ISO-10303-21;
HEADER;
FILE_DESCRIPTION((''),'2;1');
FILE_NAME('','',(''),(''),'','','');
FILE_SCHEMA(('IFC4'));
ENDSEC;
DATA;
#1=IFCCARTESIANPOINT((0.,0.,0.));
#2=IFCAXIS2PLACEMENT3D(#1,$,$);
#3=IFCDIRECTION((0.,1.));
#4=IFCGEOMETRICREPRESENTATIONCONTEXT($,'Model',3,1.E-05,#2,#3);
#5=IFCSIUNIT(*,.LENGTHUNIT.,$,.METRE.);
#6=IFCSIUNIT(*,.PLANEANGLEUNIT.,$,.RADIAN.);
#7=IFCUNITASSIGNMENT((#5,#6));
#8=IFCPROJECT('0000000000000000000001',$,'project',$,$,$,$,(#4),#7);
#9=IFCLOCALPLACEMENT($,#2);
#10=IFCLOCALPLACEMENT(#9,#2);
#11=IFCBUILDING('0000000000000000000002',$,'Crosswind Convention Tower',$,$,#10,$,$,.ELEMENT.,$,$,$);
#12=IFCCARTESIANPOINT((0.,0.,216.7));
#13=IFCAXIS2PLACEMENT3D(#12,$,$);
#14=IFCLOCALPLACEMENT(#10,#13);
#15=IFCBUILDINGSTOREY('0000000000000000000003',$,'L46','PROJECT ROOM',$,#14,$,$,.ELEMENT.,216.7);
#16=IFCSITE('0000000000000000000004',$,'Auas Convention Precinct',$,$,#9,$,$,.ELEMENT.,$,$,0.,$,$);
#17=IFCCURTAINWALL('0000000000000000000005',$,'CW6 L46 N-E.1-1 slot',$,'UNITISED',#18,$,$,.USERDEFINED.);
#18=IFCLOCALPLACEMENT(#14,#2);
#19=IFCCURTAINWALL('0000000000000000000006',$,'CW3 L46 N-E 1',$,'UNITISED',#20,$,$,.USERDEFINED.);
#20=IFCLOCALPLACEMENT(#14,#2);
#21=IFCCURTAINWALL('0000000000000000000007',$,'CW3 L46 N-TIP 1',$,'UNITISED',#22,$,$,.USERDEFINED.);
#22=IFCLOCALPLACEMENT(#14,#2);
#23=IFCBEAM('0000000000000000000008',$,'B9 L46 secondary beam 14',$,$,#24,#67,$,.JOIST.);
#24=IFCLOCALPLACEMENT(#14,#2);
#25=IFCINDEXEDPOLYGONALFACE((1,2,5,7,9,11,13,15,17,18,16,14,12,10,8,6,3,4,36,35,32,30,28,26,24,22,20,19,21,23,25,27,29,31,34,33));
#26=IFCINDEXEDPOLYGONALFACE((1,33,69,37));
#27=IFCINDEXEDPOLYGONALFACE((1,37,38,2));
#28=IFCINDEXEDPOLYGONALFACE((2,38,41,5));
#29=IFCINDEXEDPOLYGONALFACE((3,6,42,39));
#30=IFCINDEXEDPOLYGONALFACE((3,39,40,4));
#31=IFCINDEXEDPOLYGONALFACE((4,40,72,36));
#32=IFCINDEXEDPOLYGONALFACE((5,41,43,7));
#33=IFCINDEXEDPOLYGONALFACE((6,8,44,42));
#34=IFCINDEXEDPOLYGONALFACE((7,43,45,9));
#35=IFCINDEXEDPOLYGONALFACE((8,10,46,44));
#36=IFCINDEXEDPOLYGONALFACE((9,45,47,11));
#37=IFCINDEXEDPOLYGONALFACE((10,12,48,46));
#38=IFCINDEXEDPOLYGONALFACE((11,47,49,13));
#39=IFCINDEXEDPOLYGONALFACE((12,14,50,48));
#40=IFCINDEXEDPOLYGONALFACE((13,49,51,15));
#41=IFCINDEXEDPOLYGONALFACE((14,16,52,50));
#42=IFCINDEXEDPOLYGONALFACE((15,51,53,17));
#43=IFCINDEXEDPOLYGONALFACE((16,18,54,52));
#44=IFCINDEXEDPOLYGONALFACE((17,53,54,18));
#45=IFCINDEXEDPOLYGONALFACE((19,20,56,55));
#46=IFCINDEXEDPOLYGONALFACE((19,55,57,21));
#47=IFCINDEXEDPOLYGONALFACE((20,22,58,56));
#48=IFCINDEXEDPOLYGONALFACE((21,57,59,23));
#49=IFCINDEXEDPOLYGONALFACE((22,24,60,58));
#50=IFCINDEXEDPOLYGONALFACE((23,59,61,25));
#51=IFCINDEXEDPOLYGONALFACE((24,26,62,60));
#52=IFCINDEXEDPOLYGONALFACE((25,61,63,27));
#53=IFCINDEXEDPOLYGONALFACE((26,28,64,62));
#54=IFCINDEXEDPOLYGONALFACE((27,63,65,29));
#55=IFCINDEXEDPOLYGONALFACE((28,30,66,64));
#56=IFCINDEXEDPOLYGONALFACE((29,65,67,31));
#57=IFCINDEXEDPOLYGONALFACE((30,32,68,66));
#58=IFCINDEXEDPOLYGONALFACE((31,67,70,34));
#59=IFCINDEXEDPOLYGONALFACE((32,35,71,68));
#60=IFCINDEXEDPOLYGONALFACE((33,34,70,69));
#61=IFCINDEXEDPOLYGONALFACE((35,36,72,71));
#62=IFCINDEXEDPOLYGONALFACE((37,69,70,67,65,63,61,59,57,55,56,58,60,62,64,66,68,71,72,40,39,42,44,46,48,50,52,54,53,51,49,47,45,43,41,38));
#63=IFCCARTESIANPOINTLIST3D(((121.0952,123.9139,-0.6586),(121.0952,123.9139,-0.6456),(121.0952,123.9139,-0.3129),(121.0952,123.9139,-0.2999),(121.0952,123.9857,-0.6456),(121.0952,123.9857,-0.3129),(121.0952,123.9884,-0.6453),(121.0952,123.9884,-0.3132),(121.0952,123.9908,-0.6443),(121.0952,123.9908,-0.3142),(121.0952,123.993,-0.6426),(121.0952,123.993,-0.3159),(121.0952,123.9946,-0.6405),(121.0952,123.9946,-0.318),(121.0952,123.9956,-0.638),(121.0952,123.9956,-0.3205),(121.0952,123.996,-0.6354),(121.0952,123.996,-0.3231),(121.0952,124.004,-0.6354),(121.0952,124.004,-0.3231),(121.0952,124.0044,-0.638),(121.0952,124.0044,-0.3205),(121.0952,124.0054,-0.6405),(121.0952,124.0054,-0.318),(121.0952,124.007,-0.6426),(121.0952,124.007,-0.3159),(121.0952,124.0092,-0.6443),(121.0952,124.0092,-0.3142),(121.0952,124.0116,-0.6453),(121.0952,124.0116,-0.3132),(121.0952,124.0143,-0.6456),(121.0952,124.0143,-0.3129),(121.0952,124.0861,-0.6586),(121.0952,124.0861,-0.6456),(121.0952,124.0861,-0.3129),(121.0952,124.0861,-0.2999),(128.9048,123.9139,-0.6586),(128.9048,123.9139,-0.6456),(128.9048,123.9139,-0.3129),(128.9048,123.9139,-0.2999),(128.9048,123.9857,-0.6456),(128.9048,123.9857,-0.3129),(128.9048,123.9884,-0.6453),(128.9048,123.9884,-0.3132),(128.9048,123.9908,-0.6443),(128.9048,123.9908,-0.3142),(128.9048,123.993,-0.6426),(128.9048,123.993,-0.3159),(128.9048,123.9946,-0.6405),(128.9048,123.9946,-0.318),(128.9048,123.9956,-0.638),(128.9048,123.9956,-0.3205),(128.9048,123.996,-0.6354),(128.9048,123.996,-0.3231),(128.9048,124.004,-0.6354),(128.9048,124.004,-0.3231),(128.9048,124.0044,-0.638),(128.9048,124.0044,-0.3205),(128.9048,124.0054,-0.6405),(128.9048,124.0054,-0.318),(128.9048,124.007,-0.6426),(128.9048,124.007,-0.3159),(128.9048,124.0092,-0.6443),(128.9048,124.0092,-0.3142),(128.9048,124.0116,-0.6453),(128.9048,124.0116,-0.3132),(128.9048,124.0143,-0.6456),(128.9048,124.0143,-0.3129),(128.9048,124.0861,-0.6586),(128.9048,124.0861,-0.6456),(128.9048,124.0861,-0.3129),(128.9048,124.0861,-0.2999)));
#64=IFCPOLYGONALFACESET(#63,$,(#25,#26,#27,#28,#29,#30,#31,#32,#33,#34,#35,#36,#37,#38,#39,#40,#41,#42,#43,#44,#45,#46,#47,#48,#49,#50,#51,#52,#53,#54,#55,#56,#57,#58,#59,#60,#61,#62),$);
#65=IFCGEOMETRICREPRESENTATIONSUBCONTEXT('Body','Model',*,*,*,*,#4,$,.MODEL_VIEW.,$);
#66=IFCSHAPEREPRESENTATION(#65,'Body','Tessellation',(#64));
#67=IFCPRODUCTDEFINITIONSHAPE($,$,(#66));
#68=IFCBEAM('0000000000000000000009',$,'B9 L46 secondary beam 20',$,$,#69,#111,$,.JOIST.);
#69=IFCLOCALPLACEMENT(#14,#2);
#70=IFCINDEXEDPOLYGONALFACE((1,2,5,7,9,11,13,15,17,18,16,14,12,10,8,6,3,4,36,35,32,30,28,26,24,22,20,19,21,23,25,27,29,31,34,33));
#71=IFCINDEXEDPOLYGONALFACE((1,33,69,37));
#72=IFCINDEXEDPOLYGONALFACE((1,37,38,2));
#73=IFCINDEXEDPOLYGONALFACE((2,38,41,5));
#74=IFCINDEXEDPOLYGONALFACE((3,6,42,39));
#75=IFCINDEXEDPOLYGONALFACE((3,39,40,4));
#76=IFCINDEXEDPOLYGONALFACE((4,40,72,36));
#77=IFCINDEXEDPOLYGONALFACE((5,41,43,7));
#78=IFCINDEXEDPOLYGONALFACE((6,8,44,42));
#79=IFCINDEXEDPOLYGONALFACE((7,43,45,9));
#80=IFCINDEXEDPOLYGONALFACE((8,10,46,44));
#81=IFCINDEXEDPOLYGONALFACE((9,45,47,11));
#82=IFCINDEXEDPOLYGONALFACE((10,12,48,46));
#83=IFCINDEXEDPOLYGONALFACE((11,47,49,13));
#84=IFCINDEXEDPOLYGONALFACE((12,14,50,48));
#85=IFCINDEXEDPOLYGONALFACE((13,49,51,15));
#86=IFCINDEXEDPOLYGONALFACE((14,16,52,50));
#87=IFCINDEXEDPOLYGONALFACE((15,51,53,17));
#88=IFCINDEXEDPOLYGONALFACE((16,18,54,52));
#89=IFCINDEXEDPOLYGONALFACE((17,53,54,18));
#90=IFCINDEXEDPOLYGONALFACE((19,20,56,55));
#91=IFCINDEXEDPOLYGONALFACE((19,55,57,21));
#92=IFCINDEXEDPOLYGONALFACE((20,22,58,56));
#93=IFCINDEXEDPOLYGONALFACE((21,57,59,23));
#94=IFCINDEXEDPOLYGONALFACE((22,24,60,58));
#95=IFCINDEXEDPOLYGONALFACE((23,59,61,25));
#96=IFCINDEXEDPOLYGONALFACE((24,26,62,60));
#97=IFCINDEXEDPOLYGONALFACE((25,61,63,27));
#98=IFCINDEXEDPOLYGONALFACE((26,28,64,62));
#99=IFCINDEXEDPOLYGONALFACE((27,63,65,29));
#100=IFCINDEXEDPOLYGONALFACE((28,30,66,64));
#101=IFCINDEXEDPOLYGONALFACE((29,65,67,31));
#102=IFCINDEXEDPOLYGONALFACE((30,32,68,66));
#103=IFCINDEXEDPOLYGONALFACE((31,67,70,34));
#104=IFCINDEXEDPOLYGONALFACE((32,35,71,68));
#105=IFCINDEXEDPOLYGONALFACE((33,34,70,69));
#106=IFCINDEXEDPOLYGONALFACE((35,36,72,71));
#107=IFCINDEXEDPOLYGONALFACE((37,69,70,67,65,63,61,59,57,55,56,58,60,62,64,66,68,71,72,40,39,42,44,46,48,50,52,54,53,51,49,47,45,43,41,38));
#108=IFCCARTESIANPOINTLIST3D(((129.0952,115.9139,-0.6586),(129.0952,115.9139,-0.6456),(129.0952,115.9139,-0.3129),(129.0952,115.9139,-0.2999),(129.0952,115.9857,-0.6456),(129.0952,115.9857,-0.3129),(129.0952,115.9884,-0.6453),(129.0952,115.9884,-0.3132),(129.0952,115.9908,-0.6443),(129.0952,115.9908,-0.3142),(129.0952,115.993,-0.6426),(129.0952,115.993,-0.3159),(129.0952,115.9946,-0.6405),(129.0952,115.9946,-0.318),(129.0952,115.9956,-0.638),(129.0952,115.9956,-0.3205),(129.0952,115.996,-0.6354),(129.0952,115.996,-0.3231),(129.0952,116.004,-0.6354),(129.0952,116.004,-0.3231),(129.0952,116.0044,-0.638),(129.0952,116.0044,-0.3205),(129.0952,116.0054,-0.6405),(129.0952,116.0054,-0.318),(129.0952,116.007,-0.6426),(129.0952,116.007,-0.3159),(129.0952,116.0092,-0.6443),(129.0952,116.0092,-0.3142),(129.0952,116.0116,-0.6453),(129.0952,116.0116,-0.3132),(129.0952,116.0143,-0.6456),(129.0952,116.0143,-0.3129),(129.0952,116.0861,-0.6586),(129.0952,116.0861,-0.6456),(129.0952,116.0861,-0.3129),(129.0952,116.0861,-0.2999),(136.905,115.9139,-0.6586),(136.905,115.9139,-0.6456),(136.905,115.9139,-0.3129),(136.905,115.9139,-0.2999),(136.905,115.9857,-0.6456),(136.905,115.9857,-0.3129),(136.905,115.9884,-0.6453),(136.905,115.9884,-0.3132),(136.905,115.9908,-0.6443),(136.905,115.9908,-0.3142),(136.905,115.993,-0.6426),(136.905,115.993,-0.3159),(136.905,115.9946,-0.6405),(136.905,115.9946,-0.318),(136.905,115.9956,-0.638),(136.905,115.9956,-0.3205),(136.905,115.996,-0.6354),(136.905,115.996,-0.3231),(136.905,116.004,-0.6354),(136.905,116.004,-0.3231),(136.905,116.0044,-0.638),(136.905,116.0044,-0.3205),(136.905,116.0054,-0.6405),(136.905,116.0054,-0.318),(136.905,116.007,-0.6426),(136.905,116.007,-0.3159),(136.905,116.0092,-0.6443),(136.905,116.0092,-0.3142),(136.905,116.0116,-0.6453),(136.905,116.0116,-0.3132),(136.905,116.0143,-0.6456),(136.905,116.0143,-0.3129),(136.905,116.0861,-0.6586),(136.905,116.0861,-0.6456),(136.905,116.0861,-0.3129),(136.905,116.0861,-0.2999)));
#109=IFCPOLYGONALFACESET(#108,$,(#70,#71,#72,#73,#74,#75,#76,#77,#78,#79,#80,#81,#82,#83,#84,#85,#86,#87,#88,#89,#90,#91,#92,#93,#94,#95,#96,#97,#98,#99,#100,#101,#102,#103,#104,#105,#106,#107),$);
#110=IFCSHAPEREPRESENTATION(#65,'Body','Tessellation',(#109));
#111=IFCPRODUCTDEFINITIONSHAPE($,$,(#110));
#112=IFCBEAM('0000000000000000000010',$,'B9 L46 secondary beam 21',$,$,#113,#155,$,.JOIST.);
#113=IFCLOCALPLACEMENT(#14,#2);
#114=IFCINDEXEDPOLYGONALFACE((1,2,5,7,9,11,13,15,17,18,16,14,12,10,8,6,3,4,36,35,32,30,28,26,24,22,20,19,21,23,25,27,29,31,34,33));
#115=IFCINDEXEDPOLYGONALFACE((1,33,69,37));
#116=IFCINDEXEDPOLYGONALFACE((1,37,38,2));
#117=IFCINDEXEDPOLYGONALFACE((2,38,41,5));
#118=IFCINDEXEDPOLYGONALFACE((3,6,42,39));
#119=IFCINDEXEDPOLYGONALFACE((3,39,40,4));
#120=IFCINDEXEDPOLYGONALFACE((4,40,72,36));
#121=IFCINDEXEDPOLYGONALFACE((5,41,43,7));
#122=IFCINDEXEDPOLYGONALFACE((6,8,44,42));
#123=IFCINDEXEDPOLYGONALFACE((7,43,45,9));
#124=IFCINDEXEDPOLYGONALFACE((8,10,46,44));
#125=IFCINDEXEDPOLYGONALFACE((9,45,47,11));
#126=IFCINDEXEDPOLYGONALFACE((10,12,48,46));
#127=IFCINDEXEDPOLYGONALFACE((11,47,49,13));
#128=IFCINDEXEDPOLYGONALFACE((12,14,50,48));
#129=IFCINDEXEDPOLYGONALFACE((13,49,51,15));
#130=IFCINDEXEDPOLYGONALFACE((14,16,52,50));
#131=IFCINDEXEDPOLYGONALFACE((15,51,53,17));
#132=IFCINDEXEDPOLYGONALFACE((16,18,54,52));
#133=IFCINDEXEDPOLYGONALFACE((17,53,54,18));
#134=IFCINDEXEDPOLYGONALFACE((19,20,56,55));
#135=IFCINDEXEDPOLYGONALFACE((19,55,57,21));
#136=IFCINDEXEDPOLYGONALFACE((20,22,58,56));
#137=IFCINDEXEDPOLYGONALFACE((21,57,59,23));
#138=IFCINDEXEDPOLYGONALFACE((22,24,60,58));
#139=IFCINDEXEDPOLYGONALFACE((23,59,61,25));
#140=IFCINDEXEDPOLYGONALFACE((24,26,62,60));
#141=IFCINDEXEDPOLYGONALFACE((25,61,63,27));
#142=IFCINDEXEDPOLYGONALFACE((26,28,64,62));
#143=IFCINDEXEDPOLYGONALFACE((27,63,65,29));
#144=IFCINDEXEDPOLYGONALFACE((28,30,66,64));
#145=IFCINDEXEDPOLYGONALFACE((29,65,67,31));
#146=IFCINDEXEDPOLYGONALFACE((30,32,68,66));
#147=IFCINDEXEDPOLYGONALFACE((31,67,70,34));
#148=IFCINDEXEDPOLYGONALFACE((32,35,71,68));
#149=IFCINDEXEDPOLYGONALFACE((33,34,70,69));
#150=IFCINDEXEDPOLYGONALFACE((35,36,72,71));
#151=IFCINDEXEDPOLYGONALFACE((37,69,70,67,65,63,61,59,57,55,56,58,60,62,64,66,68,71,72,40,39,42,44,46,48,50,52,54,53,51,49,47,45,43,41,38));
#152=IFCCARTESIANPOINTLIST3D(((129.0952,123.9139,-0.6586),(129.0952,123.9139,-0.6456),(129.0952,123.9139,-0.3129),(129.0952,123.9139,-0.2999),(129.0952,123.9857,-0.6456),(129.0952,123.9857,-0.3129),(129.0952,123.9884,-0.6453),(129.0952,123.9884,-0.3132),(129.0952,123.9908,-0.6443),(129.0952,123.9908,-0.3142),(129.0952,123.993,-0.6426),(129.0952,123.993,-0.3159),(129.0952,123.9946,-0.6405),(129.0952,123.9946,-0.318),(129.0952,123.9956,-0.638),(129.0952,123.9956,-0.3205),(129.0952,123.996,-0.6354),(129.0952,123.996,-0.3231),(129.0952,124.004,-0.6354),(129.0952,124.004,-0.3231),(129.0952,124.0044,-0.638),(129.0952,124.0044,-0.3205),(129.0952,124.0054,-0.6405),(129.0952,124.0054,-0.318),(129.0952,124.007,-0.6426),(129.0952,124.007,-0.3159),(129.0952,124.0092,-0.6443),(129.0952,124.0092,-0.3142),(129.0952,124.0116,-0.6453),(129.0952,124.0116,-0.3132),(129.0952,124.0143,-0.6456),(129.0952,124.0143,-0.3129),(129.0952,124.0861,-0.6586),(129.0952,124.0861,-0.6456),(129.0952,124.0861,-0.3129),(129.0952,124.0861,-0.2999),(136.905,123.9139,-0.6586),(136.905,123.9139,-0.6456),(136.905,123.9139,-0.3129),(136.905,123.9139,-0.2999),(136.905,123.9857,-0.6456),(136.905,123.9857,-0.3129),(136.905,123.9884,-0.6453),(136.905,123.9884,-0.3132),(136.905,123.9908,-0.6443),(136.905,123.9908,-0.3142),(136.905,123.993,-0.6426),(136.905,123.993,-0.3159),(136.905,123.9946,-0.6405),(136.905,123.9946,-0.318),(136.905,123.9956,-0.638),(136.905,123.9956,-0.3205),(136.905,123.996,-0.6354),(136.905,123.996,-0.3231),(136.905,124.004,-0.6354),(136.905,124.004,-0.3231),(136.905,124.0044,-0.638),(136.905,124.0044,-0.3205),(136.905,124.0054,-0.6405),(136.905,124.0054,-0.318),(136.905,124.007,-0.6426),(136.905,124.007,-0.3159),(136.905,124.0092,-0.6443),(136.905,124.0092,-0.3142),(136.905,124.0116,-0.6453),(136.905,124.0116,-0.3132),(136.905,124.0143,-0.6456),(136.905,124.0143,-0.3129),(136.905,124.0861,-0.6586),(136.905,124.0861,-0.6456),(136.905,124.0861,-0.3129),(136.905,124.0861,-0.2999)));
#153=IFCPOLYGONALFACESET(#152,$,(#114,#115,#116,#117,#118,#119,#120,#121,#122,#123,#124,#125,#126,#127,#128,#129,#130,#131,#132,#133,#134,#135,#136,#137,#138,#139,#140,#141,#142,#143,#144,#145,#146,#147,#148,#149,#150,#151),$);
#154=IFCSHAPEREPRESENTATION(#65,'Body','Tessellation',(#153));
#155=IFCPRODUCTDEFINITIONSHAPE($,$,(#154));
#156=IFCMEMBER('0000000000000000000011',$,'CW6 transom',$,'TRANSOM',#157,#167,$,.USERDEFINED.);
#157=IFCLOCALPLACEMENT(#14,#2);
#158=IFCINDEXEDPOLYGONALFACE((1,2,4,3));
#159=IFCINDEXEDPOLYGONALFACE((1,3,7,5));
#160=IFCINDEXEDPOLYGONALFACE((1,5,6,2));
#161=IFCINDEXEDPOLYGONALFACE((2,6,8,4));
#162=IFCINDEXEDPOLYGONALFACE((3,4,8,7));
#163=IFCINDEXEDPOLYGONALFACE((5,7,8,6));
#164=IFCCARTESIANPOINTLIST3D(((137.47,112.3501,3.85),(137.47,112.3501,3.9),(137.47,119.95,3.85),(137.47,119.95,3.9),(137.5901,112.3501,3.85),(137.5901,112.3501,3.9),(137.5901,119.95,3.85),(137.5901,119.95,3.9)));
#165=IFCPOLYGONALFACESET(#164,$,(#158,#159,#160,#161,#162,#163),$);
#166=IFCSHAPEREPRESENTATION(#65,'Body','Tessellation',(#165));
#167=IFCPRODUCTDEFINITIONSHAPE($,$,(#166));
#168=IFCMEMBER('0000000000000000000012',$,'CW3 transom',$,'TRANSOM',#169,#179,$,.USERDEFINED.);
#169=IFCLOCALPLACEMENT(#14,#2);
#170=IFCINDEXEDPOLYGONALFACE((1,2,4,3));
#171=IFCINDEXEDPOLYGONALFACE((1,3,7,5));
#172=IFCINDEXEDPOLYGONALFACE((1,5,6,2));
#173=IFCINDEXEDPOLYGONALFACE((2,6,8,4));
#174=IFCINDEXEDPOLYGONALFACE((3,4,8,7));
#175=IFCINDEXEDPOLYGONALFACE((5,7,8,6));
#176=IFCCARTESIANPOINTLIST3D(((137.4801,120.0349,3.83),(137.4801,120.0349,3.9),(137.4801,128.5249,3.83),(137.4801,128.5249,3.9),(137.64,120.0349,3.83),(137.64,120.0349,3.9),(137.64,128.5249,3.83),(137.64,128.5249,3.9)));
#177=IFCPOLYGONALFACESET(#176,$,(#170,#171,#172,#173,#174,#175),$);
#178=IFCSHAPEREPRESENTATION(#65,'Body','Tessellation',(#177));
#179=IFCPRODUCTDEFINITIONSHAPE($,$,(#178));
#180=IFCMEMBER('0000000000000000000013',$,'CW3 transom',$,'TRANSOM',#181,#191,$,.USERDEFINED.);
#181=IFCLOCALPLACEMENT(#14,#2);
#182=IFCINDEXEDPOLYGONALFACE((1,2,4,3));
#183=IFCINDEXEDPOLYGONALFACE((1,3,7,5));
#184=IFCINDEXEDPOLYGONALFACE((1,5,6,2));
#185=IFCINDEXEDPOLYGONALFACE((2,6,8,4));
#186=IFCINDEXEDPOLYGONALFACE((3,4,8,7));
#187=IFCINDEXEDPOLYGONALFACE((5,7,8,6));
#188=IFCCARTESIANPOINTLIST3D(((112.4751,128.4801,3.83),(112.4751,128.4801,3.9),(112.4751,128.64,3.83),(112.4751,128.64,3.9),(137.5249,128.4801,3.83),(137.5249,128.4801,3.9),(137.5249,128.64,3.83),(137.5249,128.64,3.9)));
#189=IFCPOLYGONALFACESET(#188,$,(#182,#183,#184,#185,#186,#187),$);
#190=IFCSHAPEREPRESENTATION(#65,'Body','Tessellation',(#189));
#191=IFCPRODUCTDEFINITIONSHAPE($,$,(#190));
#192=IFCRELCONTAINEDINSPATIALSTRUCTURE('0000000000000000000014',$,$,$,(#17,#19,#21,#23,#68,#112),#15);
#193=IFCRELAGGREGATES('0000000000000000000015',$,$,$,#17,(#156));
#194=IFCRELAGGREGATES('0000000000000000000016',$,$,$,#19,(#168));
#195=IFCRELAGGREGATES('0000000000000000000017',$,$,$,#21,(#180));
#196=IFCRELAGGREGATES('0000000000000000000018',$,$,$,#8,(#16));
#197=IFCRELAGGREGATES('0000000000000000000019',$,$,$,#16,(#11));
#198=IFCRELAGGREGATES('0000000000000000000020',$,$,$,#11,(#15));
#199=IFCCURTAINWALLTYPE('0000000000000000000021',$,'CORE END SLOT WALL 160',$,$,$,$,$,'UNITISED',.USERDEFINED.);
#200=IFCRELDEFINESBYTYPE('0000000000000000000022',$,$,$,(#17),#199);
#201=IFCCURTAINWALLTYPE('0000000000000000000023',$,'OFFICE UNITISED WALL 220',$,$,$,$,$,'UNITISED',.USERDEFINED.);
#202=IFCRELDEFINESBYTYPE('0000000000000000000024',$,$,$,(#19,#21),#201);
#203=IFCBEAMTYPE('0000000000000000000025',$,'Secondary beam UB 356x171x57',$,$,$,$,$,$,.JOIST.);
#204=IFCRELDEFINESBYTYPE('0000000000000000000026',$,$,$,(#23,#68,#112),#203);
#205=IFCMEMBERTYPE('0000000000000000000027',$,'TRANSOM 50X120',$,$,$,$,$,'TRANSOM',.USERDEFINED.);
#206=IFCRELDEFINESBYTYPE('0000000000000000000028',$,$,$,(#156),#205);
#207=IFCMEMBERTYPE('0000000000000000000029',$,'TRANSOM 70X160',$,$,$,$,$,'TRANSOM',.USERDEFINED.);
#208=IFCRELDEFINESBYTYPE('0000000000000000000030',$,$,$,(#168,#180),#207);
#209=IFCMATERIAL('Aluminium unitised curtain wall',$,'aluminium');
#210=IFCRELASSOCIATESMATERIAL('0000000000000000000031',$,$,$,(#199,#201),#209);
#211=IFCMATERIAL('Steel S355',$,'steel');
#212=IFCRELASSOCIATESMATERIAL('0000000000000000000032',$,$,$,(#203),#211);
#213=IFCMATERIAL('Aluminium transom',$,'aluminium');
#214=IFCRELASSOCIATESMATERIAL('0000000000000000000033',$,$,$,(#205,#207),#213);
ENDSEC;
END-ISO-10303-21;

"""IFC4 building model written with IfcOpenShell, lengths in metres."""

from ifc_helpers import new_model, si_unit, direction, frame, origin, origin_2d, place, context, subcontext, project, spatial, rectangle, i_section, extrude, material, material_profile, profile_set, type_object, element, aggregate, save


model = new_model("IFC4")

# Units and contexts
model_context = context("Model", 3, precision=1e-05, world=origin(), true_north=direction((0.0, 1.0)))
body_context = subcontext(model_context, "Body", "Model", "MODEL_VIEW")
ifc_project = project(units=[si_unit("LENGTHUNIT", "METRE"), si_unit("PLANEANGLEUNIT", "RADIAN")], contexts=[model_context])

# Site, building, storey
site_placement = place(None, origin())
site = spatial("IfcSite", under=ifc_project, at=site_placement, Name="Auas Convention Precinct", CompositionType="ELEMENT", RefElevation=0.0)
building_placement = place(site_placement, origin())
building = spatial("IfcBuilding", under=site, at=building_placement, Name="Crosswind Convention Tower", CompositionType="ELEMENT")
storey_placement = place(building_placement, frame((0.0, 0.0, 216.7)))
storey = spatial("IfcBuildingStorey", under=building, at=storey_placement, Name="L46", Description="PROJECT ROOM", CompositionType="ELEMENT", Elevation=216.7)

# Shared definitions
ifc_material_1 = material(Name="Steel S355", Category="steel")

# Curtain walls
ifc_material_2 = material(Name="Aluminium unitised curtain wall", Category="aluminium")
curtain_wall_type_1 = type_object("IfcCurtainWallType", Name="CORE END SLOT WALL 160", ElementType="UNITISED", PredefinedType="USERDEFINED", material=ifc_material_2)
curtain_wall_1_placement = place(storey_placement, origin())
curtain_wall_1 = element("IfcCurtainWall", 1, at=curtain_wall_1_placement, inside=storey, type_object=curtain_wall_type_1, Name="CW6 L46 N-E.1-1 slot", ObjectType="UNITISED", PredefinedType="USERDEFINED")
curtain_wall_type_2 = type_object("IfcCurtainWallType", Name="OFFICE UNITISED WALL 220", ElementType="UNITISED", PredefinedType="USERDEFINED", material=ifc_material_2)
curtain_wall_2_placement = place(storey_placement, origin())
curtain_wall_2 = element("IfcCurtainWall", 2, at=curtain_wall_2_placement, inside=storey, type_object=curtain_wall_type_2, Name="CW3 L46 N-E 1", ObjectType="UNITISED", PredefinedType="USERDEFINED")

# Curtain wall
curtain_wall_3_placement = place(storey_placement, origin())
curtain_wall_3 = element("IfcCurtainWall", 3, at=curtain_wall_3_placement, inside=storey, type_object=curtain_wall_type_2, Name="CW3 L46 N-TIP 1", ObjectType="UNITISED", PredefinedType="USERDEFINED")

# Beams
ifc_material_profile_1 = material_profile(ifc_material_1, i_section(OverallWidth=0.1721, OverallDepth=0.3586, WebThickness=0.0081, FlangeThickness=0.0129, FilletRadius=0.0103, at=origin_2d()), Name="UB 356x171x57")
ifc_profile_set_1 = profile_set([ifc_material_profile_1], Name="Steel S355")
beam_type_1 = type_object("IfcBeamType", Name="Secondary beam UB 356x171x57", PredefinedType="JOIST", material=ifc_profile_set_1)
for number, where, z_axis, x_axis, name in (
    (4, (121.0952, 124.0, -0.4792), (1.0, 0.0, 0.0), (0.0, 1.0, 0.0), "B9 L46 secondary beam 14"),
):
    element("IfcBeam", number, at=place(storey_placement, frame(where, z_axis=z_axis, x_axis=x_axis)), inside=storey, type_object=beam_type_1, Name=name, PredefinedType="JOIST", context=body_context, shape_type="SweptSolid", body=[
        extrude(i_section(OverallWidth=0.1721, OverallDepth=0.3586, WebThickness=0.0081, FlangeThickness=0.0129, FilletRadius=0.0103, at=origin_2d()), origin(), (0.0, 0.0, 1.0), 7.8096),
    ])
for number, where, z_axis, x_axis, name in (
    (5, (129.0952, 116.0, -0.4792), (1.0, 0.0, 0.0), (0.0, 1.0, 0.0), "B9 L46 secondary beam 20"),
    (6, (129.0952, 124.0, -0.4792), (1.0, 0.0, 0.0), (0.0, 1.0, 0.0), "B9 L46 secondary beam 21"),
):
    element("IfcBeam", number, at=place(storey_placement, frame(where, z_axis=z_axis, x_axis=x_axis)), inside=storey, type_object=beam_type_1, Name=name, PredefinedType="JOIST", context=body_context, shape_type="SweptSolid", body=[
        extrude(i_section(OverallWidth=0.1721, OverallDepth=0.3586, WebThickness=0.0081, FlangeThickness=0.0129, FilletRadius=0.0103, at=origin_2d()), origin(), (0.0, 0.0, 1.0), 7.8098),
    ])

# Members
ifc_material_3 = material(Name="Aluminium transom", Category="aluminium")
ifc_material_profile_2 = material_profile(ifc_material_3, rectangle(XDim=0.1201, YDim=0.05, at=origin_2d()), Name="AL 120X50")
ifc_profile_set_2 = profile_set([ifc_material_profile_2], Name="Aluminium transom")
member_type_1 = type_object("IfcMemberType", Name="TRANSOM 50X120", ElementType="TRANSOM", PredefinedType="USERDEFINED", material=ifc_profile_set_2)
member_1_placement = place(storey_placement, frame((137.53, 112.3501, 3.875), z_axis=(0.0, 1.0, 0.0), x_axis=(-1.0, 0.0, 0.0)))
member_1 = element("IfcMember", 7, at=member_1_placement, type_object=member_type_1, Name="CW6 transom", ObjectType="TRANSOM", PredefinedType="USERDEFINED", context=body_context, shape_type="SweptSolid", body=[
    extrude(rectangle(XDim=0.1201, YDim=0.05, at=origin_2d()), origin(), (0.0, 0.0, 1.0), 7.5999),
])
ifc_material_profile_3 = material_profile(ifc_material_3, rectangle(XDim=0.1599, YDim=0.0701, at=origin_2d()), Name="AL 160X70")
ifc_profile_set_3 = profile_set([ifc_material_profile_3], Name="Aluminium transom")
member_type_2 = type_object("IfcMemberType", Name="TRANSOM 70X160", ElementType="TRANSOM", PredefinedType="USERDEFINED", material=ifc_profile_set_3)
member_2_placement = place(storey_placement, frame((137.5601, 120.0349, 3.865), z_axis=(0.0, 1.0, 0.0), x_axis=(-1.0, 0.0, 0.0)))
member_2 = element("IfcMember", 8, at=member_2_placement, type_object=member_type_2, Name="CW3 transom", ObjectType="TRANSOM", PredefinedType="USERDEFINED", context=body_context, shape_type="SweptSolid", body=[
    extrude(rectangle(XDim=0.1599, YDim=0.0701, at=origin_2d()), origin(), (0.0, 0.0, 1.0), 8.49),
])
member_3_placement = place(storey_placement, frame((137.5249, 128.5601, 3.865), z_axis=(-1.0, 0.0, 0.0), x_axis=(0.0, -1.0, 0.0)))
member_3 = element("IfcMember", 9, at=member_3_placement, type_object=member_type_2, Name="CW3 transom", ObjectType="TRANSOM", PredefinedType="USERDEFINED", context=body_context, shape_type="SweptSolid", body=[
    extrude(rectangle(XDim=0.1599, YDim=0.0701, at=origin_2d()), origin(), (0.0, 0.0, 1.0), 25.0498),
])

aggregate(curtain_wall_1, [member_1])

aggregate(curtain_wall_2, [member_2])
aggregate(curtain_wall_3, [member_3])

save(model, "model.ifc")
